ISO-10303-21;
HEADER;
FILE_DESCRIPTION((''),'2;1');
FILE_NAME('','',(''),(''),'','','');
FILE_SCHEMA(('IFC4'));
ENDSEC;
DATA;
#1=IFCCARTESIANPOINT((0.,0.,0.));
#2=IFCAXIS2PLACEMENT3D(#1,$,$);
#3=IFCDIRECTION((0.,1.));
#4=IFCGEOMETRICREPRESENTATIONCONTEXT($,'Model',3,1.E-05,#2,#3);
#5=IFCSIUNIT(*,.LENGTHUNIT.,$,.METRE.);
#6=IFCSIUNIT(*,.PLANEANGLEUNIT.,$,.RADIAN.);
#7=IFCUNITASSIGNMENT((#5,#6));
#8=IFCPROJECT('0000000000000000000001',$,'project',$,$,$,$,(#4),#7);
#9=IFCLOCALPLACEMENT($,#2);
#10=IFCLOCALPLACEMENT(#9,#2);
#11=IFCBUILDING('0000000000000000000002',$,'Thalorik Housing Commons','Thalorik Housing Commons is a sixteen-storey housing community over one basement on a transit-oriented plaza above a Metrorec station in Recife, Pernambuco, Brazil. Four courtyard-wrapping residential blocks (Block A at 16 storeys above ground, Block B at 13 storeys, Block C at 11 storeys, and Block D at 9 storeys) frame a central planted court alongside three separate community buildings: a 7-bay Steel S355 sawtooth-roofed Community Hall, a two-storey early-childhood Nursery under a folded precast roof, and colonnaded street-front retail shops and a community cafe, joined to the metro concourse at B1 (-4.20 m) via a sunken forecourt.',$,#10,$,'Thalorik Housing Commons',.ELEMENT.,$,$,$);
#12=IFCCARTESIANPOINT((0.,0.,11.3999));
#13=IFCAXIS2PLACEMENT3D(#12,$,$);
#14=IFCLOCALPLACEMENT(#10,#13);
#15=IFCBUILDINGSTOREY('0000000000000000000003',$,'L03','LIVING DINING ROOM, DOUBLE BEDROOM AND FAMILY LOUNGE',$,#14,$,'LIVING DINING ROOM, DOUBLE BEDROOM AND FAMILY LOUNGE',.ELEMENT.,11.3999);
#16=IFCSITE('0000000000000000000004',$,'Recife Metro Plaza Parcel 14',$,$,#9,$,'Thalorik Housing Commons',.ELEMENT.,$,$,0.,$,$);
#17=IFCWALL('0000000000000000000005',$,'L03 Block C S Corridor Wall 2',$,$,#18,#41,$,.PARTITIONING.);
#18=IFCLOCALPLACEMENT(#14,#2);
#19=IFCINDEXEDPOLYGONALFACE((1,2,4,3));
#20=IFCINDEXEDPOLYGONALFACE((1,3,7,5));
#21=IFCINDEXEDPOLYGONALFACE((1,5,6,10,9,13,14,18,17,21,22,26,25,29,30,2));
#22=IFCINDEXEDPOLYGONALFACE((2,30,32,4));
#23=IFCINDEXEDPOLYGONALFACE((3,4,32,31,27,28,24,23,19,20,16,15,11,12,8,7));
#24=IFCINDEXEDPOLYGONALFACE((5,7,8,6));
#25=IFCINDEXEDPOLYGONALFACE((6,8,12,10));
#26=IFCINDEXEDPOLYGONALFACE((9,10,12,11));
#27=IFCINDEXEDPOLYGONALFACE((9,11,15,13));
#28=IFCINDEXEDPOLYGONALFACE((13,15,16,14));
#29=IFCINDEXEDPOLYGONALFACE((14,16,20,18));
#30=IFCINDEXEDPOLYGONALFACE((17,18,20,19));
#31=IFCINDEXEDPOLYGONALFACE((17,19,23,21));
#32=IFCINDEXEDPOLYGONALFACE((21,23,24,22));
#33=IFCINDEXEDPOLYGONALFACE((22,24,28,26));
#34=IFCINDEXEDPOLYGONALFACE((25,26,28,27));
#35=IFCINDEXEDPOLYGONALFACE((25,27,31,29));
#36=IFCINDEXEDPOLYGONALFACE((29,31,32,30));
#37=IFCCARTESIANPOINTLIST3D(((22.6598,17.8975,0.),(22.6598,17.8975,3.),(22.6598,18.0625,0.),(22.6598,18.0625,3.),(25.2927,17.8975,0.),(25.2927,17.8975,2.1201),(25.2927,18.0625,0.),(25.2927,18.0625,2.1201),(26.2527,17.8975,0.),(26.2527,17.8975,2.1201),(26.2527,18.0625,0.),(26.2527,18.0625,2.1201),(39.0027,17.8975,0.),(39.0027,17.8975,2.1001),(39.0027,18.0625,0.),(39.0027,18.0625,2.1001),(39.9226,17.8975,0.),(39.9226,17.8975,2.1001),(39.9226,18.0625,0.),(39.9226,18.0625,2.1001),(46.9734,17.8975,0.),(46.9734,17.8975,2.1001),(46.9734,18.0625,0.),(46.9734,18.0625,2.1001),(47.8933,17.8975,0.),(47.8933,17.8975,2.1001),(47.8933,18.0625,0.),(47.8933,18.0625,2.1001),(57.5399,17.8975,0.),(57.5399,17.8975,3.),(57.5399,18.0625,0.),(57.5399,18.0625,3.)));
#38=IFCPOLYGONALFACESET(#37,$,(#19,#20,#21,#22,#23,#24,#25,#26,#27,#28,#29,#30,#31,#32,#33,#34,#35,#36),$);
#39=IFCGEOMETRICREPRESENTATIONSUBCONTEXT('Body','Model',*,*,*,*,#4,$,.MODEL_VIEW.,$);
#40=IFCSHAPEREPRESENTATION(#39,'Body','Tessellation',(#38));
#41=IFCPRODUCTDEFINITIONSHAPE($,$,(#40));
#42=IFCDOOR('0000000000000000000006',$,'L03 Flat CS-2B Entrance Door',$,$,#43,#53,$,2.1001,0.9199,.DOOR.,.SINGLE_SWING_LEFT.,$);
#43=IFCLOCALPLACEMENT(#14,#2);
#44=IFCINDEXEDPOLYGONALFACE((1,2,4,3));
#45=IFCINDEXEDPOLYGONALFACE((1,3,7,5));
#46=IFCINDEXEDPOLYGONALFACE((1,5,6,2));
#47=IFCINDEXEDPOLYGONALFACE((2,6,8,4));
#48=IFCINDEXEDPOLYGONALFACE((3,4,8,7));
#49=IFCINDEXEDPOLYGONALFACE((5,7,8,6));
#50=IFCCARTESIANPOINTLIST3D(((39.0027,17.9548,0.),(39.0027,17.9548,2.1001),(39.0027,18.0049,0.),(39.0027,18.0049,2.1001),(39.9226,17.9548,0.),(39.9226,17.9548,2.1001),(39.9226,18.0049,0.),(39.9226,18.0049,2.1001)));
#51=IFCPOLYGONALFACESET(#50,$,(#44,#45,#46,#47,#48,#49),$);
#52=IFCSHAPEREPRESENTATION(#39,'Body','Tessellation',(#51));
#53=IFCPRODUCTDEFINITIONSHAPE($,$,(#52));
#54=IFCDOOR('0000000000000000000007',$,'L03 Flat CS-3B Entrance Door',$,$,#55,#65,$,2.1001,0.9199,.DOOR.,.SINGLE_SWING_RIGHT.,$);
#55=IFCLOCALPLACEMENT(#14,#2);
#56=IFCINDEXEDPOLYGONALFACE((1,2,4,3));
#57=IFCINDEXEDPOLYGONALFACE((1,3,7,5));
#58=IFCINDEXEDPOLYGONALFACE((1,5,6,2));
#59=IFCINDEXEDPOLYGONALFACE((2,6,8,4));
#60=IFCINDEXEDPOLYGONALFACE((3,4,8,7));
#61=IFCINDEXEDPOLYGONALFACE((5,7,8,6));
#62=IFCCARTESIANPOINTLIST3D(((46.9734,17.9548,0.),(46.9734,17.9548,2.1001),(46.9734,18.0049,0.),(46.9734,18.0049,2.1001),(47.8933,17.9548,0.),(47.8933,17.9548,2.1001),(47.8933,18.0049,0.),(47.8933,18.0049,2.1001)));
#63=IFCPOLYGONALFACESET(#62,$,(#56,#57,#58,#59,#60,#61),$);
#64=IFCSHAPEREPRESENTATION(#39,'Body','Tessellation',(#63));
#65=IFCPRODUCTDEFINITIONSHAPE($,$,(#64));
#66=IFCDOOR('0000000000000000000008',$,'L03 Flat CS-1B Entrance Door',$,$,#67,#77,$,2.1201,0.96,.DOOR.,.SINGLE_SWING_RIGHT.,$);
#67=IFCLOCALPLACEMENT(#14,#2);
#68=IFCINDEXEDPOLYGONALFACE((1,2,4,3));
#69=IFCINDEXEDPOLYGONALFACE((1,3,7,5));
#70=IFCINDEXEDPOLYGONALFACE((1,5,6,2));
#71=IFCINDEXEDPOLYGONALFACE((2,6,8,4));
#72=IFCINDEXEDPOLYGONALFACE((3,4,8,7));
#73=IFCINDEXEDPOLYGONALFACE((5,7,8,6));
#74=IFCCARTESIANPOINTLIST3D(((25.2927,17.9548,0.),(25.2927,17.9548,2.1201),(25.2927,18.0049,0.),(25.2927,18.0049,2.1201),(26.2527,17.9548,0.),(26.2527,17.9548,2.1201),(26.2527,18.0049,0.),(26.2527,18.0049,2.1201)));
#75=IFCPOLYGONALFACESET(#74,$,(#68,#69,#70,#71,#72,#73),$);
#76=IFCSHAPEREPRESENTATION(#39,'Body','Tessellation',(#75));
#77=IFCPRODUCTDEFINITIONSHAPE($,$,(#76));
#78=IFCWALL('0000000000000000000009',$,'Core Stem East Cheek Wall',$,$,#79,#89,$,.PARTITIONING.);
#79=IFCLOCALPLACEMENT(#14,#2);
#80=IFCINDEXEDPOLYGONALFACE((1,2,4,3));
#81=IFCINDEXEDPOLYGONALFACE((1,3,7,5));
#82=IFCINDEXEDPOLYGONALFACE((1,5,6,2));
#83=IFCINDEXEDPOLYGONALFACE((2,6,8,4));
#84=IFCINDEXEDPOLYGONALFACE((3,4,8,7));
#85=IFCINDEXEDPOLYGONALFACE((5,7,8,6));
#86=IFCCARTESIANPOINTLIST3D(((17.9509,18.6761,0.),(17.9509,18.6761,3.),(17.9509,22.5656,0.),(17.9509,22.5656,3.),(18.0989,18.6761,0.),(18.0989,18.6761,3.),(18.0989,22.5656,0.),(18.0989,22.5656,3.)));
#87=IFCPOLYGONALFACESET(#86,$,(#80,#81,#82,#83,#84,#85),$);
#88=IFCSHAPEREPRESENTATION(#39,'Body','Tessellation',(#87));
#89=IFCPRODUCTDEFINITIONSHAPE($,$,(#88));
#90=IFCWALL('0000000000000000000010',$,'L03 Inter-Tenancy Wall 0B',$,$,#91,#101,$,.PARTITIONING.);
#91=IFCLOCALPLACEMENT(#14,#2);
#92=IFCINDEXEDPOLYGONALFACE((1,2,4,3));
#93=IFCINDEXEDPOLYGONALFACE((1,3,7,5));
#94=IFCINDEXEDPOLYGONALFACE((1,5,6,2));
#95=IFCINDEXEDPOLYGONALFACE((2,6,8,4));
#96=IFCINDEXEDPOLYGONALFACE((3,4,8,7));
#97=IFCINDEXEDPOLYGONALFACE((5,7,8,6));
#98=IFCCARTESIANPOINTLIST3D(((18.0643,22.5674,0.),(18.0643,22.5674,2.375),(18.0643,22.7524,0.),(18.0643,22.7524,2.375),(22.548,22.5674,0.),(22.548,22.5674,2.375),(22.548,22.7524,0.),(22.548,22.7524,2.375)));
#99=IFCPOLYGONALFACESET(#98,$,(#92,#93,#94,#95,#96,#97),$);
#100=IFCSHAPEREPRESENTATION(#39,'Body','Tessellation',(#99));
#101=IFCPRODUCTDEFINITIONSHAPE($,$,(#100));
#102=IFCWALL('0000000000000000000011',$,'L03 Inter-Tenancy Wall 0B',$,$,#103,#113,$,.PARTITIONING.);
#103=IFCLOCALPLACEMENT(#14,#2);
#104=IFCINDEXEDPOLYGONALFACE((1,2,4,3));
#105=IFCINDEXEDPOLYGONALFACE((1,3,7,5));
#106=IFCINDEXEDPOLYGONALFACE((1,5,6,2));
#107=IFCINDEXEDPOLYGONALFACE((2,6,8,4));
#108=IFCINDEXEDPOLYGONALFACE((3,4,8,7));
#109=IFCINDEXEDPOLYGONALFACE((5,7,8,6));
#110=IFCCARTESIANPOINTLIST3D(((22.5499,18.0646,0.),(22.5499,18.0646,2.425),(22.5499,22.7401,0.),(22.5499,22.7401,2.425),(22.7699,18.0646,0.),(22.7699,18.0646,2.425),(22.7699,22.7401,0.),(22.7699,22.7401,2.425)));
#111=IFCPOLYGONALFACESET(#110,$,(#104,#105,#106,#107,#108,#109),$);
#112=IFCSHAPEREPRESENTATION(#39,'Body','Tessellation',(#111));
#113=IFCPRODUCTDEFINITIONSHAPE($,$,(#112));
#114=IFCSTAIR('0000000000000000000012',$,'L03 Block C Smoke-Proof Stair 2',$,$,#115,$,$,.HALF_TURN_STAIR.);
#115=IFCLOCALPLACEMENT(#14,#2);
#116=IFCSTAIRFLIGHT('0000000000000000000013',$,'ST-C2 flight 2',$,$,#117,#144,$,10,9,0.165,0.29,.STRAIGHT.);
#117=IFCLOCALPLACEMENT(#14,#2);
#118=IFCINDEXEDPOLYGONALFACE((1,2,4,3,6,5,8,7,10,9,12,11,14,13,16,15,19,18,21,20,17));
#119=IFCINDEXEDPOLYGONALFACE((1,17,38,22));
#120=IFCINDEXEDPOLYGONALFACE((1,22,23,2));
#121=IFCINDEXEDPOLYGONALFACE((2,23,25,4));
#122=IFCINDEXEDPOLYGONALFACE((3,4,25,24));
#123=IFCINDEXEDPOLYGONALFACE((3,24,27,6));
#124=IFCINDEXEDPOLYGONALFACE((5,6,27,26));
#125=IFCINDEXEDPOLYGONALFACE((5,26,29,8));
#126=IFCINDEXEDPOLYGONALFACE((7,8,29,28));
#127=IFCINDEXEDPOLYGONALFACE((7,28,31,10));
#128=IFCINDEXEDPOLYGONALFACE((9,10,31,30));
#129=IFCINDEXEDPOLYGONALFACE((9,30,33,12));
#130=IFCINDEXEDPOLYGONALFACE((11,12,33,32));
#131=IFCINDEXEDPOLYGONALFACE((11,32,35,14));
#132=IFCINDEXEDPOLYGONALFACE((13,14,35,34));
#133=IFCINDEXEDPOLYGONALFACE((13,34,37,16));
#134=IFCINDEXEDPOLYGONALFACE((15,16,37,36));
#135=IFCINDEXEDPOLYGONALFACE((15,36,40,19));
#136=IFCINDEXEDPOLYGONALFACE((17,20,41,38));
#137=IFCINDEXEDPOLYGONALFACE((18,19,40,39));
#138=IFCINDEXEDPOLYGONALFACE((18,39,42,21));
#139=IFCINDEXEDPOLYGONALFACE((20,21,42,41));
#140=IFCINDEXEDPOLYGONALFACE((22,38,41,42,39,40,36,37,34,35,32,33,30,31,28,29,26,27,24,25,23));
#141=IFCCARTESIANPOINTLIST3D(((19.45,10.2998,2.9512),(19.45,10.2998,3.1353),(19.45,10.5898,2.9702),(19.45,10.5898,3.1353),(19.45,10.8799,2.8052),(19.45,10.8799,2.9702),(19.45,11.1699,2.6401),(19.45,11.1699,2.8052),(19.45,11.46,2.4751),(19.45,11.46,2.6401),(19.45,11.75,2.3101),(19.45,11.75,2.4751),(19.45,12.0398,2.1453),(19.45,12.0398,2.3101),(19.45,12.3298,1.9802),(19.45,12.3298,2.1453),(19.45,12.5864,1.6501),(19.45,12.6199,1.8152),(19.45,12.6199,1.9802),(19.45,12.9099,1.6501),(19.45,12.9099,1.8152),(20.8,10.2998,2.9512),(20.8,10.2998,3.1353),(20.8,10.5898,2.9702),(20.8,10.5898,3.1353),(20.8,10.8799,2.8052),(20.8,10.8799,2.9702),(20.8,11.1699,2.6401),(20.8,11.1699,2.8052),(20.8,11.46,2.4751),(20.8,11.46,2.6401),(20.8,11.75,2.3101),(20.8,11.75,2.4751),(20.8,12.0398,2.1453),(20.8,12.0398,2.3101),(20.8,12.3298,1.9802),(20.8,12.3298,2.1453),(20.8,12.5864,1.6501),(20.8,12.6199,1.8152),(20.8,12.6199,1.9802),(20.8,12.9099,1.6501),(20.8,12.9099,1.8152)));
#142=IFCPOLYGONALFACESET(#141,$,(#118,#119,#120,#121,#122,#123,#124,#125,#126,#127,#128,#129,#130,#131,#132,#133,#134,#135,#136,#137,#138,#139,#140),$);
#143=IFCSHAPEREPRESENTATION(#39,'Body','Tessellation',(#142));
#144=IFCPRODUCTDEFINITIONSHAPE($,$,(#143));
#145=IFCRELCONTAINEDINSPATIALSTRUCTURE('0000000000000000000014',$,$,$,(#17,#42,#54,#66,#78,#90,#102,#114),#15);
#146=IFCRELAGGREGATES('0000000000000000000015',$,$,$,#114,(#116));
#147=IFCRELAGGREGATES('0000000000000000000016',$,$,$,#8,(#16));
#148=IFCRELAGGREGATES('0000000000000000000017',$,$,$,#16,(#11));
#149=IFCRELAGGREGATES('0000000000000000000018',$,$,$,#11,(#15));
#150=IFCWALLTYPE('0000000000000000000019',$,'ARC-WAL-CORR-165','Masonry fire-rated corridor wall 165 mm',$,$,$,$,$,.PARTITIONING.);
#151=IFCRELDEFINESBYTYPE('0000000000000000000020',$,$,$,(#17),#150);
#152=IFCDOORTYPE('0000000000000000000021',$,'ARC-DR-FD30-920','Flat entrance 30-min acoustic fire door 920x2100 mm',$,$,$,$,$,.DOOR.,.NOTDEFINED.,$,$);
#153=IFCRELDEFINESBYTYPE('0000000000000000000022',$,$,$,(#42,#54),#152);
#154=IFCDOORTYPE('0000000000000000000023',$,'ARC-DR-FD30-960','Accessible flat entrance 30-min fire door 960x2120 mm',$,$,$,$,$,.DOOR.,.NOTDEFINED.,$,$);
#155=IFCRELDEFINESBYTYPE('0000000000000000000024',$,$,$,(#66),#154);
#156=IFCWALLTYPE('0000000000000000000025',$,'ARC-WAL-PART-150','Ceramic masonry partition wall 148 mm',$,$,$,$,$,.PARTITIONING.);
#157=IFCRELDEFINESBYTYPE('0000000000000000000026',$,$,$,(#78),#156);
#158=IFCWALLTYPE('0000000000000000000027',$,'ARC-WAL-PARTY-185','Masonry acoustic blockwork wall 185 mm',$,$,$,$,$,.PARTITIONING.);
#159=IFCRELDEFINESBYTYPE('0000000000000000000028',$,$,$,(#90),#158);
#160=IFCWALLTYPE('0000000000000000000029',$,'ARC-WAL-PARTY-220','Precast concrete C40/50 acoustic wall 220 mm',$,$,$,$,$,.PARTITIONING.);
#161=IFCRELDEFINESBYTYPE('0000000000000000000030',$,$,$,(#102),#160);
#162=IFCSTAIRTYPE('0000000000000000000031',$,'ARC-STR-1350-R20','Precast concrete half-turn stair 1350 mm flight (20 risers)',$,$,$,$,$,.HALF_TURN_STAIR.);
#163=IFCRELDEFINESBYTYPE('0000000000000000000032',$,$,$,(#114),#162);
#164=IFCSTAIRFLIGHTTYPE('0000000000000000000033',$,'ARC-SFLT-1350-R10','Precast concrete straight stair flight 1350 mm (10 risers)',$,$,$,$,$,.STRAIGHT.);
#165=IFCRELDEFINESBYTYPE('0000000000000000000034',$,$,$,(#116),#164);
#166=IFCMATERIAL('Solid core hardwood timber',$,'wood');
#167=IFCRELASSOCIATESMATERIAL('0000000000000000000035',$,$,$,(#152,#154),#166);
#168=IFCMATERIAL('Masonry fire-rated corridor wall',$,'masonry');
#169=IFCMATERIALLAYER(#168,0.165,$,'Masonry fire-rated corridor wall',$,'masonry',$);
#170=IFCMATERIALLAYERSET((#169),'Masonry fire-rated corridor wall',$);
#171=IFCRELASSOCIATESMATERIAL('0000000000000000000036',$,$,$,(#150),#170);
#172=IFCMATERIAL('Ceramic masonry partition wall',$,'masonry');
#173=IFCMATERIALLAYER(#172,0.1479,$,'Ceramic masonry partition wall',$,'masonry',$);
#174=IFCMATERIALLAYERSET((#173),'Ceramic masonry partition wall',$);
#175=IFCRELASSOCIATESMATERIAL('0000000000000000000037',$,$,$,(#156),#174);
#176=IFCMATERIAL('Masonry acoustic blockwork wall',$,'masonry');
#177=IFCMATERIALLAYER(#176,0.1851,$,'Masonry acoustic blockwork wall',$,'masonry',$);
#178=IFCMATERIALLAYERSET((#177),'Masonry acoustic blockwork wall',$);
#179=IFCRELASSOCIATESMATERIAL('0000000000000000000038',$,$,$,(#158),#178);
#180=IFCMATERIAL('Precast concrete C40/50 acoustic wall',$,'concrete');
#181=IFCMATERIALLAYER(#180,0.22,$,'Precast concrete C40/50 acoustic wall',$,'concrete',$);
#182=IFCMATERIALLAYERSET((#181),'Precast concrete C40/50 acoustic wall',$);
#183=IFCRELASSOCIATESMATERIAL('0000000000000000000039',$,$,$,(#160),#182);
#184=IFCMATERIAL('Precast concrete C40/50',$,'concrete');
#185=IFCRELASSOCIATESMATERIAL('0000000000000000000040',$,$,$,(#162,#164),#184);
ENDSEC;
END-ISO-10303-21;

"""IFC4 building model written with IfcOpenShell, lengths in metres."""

from ifc_helpers import new_model, si_unit, direction, frame, frame_2d, origin, place, context, subcontext, project, spatial, polyline, rectangle, outline, extrude, material, layer, layer_set, type_object, element, fill, aggregate, save


model = new_model("IFC4")

# Units and contexts
model_context = context("Model", 3, precision=1e-05, world=origin(), true_north=direction((0.0, 1.0)))
body_context = subcontext(model_context, "Body", "Model", "MODEL_VIEW")
ifc_project = project(units=[si_unit("LENGTHUNIT", "METRE"), si_unit("PLANEANGLEUNIT", "RADIAN")], contexts=[model_context])

# Site, building, storey
site_placement = place(None, origin())
site = spatial("IfcSite", under=ifc_project, at=site_placement, Name="Recife Metro Plaza Parcel 14", LongName="Thalorik Housing Commons", CompositionType="ELEMENT", RefElevation=0.0)
building_placement = place(site_placement, origin())
building = spatial("IfcBuilding", under=site, at=building_placement, Name="Thalorik Housing Commons", Description="Thalorik Housing Commons is a sixteen-storey housing community over one basement on a transit-oriented plaza above a Metrorec station in Recife, Pernambuco, Brazil. Four courtyard-wrapping residential blocks (Block A at 16 storeys above ground, Block B at 13 storeys, Block C at 11 storeys, and Block D at 9 storeys) frame a central planted court alongside three separate community buildings: a 7-bay Steel S355 sawtooth-roofed Community Hall, a two-storey early-childhood Nursery under a folded precast roof, and colonnaded street-front retail shops and a community cafe, joined to the metro concourse at B1 (-4.20 m) via a sunken forecourt.", LongName="Thalorik Housing Commons", CompositionType="ELEMENT")
storey_placement = place(building_placement, frame((0.0, 0.0, 11.3999)))
storey = spatial("IfcBuildingStorey", under=building, at=storey_placement, Name="L03", Description="LIVING DINING ROOM, DOUBLE BEDROOM AND FAMILY LOUNGE", LongName="LIVING DINING ROOM, DOUBLE BEDROOM AND FAMILY LOUNGE", CompositionType="ELEMENT", Elevation=11.3999)

# Shared definitions
ifc_material_1 = material(Name="Precast concrete C40/50", Category="concrete")

# Wall, openings, doors
ifc_material_2 = material(Name="Masonry fire-rated corridor wall", Category="masonry")
ifc_material_3 = material(Name="Solid core hardwood timber", Category="wood")
door_type_1 = type_object("IfcDoorType", Name="ARC-DR-FD30-920", Description="Flat entrance 30-min acoustic fire door 920x2100 mm", OperationType="NOTDEFINED", PredefinedType="DOOR", material=ifc_material_3)
ifc_layer_1 = layer(ifc_material_2, 0.165, Name="Masonry fire-rated corridor wall", Category="masonry")
ifc_layer_set_1 = layer_set([ifc_layer_1], Name="Masonry fire-rated corridor wall")
wall_type_1 = type_object("IfcWallType", Name="ARC-WAL-CORR-165", Description="Masonry fire-rated corridor wall 165 mm", PredefinedType="PARTITIONING", material=ifc_layer_set_1)
wall_1_placement = place(storey_placement, frame((22.6599, 17.98, 0.0), z_axis=(0.0, 0.0, 1.0), x_axis=(1.0, 0.0, 0.0)))
wall_1 = element("IfcWall", 1, at=wall_1_placement, inside=storey, type_object=wall_type_1, Name="L03 Block C S Corridor Wall 2", PredefinedType="PARTITIONING", context=body_context, shape_type="SweptSolid", body=[
    extrude(rectangle(XDim=34.8801, YDim=0.165, at=frame_2d((17.4399, 0.0))), origin(), (0.0, 0.0, 1.0), 3.0),
])
opening_1_placement = place(wall_1_placement, frame((2.6328, 0.0, 0.0)))
opening_1 = element("IfcOpeningElement", 2, at=opening_1_placement, cuts=wall_1, PredefinedType="OPENING", context=body_context, shape_type="SweptSolid", body=[
    extrude(rectangle(XDim=0.96, YDim=2.1201, at=frame_2d((0.48, 1.0601))), frame((0.0, 0.0925, 0.0), z_axis=(0.0, -1.0, 0.0), x_axis=(1.0, 0.0, 0.0)), (0.0, 0.0, 1.0), 0.1851),
])
opening_2_placement = place(wall_1_placement, frame((16.3428, 0.0, 0.0)))
opening_2 = element("IfcOpeningElement", 3, at=opening_2_placement, cuts=wall_1, PredefinedType="OPENING", context=body_context, shape_type="SweptSolid", body=[
    extrude(rectangle(XDim=0.9199, YDim=2.1001, at=frame_2d((0.46, 1.05))), frame((0.0, 0.0925, 0.0), z_axis=(0.0, -1.0, 0.0), x_axis=(1.0, 0.0, 0.0)), (0.0, 0.0, 1.0), 0.1851),
])
opening_3_placement = place(wall_1_placement, frame((24.3135, 0.0, 0.0)))
opening_3 = element("IfcOpeningElement", 4, at=opening_3_placement, cuts=wall_1, PredefinedType="OPENING", context=body_context, shape_type="SweptSolid", body=[
    extrude(rectangle(XDim=0.9199, YDim=2.1001, at=frame_2d((0.46, 1.05))), frame((0.0, 0.0925, 0.0), z_axis=(0.0, -1.0, 0.0), x_axis=(1.0, 0.0, 0.0)), (0.0, 0.0, 1.0), 0.1851),
])
door_1_placement = place(opening_2_placement, origin())
door_1 = element("IfcDoor", 5, at=door_1_placement, inside=storey, type_object=door_type_1, Name="L03 Flat CS-2B Entrance Door", OperationType="SINGLE_SWING_LEFT", OverallHeight=2.1001, OverallWidth=0.9199, PredefinedType="DOOR", context=body_context, shape_type="SweptSolid", body=[
    extrude(rectangle(XDim=0.9199, YDim=2.1001, at=frame_2d((0.46, 1.05))), frame((0.0, 0.0249, 0.0), z_axis=(0.0, -1.0, 0.0), x_axis=(1.0, 0.0, 0.0)), (0.0, 0.0, 1.0), 0.05),
])
fill(opening_2, door_1)
door_2_placement = place(opening_3_placement, origin())
door_2 = element("IfcDoor", 6, at=door_2_placement, inside=storey, type_object=door_type_1, Name="L03 Flat CS-3B Entrance Door", OperationType="SINGLE_SWING_RIGHT", OverallHeight=2.1001, OverallWidth=0.9199, PredefinedType="DOOR", context=body_context, shape_type="SweptSolid", body=[
    extrude(rectangle(XDim=0.9199, YDim=2.1001, at=frame_2d((0.46, 1.05))), frame((0.0, 0.0249, 0.0), z_axis=(0.0, -1.0, 0.0), x_axis=(1.0, 0.0, 0.0)), (0.0, 0.0, 1.0), 0.05),
])
fill(opening_3, door_2)
door_type_2 = type_object("IfcDoorType", Name="ARC-DR-FD30-960", Description="Accessible flat entrance 30-min fire door 960x2120 mm", OperationType="NOTDEFINED", PredefinedType="DOOR", material=ifc_material_3)
door_3_placement = place(opening_1_placement, origin())
door_3 = element("IfcDoor", 7, at=door_3_placement, inside=storey, type_object=door_type_2, Name="L03 Flat CS-1B Entrance Door", OperationType="SINGLE_SWING_RIGHT", OverallHeight=2.1201, OverallWidth=0.96, PredefinedType="DOOR", context=body_context, shape_type="SweptSolid", body=[
    extrude(rectangle(XDim=0.96, YDim=2.1201, at=frame_2d((0.48, 1.0601))), frame((0.0, 0.0249, 0.0), z_axis=(0.0, -1.0, 0.0), x_axis=(1.0, 0.0, 0.0)), (0.0, 0.0, 1.0), 0.05),
])
fill(opening_1, door_3)

# Wall
ifc_material_4 = material(Name="Ceramic masonry partition wall", Category="masonry")
ifc_layer_2 = layer(ifc_material_4, 0.1479, Name="Ceramic masonry partition wall", Category="masonry")
ifc_layer_set_2 = layer_set([ifc_layer_2], Name="Ceramic masonry partition wall")
wall_type_2 = type_object("IfcWallType", Name="ARC-WAL-PART-150", Description="Ceramic masonry partition wall 148 mm", PredefinedType="PARTITIONING", material=ifc_layer_set_2)
wall_2_placement = place(storey_placement, frame((18.0249, 18.676, 0.0), z_axis=(0.0, 0.0, 1.0), x_axis=(0.0, 1.0, 0.0)))
element("IfcWall", 8, at=wall_2_placement, inside=storey, type_object=wall_type_2, Name="Core Stem East Cheek Wall", PredefinedType="PARTITIONING", context=body_context, shape_type="SweptSolid", body=[
    extrude(rectangle(XDim=3.8894, YDim=0.1479, at=frame_2d((1.9448, 0.0))), origin(), (0.0, 0.0, 1.0), 3.0),
])

# Walls
ifc_material_5 = material(Name="Masonry acoustic blockwork wall", Category="masonry")
ifc_layer_3 = layer(ifc_material_5, 0.1851, Name="Masonry acoustic blockwork wall", Category="masonry")
ifc_layer_set_3 = layer_set([ifc_layer_3], Name="Masonry acoustic blockwork wall")
wall_type_3 = type_object("IfcWallType", Name="ARC-WAL-PARTY-185", Description="Masonry acoustic blockwork wall 185 mm", PredefinedType="PARTITIONING", material=ifc_layer_set_3)
wall_3_placement = place(storey_placement, frame((18.0645, 22.6599, 0.0), z_axis=(0.0, 0.0, 1.0), x_axis=(1.0, 0.0, 0.0)))
element("IfcWall", 9, at=wall_3_placement, inside=storey, type_object=wall_type_3, Name="L03 Inter-Tenancy Wall 0B", PredefinedType="PARTITIONING", context=body_context, shape_type="SweptSolid", body=[
    extrude(rectangle(XDim=4.4836, YDim=0.1851, at=frame_2d((2.2417, 0.0))), origin(), (0.0, 0.0, 1.0), 2.375),
])
ifc_material_6 = material(Name="Precast concrete C40/50 acoustic wall", Category="concrete")
ifc_layer_4 = layer(ifc_material_6, 0.22, Name="Precast concrete C40/50 acoustic wall", Category="concrete")
ifc_layer_set_4 = layer_set([ifc_layer_4], Name="Precast concrete C40/50 acoustic wall")
wall_type_4 = type_object("IfcWallType", Name="ARC-WAL-PARTY-220", Description="Precast concrete C40/50 acoustic wall 220 mm", PredefinedType="PARTITIONING", material=ifc_layer_set_4)
wall_4_placement = place(storey_placement, frame((22.6599, 18.0645, 0.0), z_axis=(0.0, 0.0, 1.0), x_axis=(0.0, 1.0, 0.0)))
element("IfcWall", 10, at=wall_4_placement, inside=storey, type_object=wall_type_4, Name="L03 Inter-Tenancy Wall 0B", PredefinedType="PARTITIONING", context=body_context, shape_type="SweptSolid", body=[
    extrude(rectangle(XDim=4.6755, YDim=0.22, at=frame_2d((2.3379, 0.0))), origin(), (0.0, 0.0, 1.0), 2.425),
])

# Stair, stair flight
stair_type = type_object("IfcStairType", Name="ARC-STR-1350-R20", Description="Precast concrete half-turn stair 1350 mm flight (20 risers)", PredefinedType="HALF_TURN_STAIR", material=ifc_material_1)
stair_placement = place(storey_placement, origin())
stair = element("IfcStair", 11, at=stair_placement, inside=storey, type_object=stair_type, Name="L03 Block C Smoke-Proof Stair 2", PredefinedType="HALF_TURN_STAIR")
stair_flight_type = type_object("IfcStairFlightType", Name="ARC-SFLT-1350-R10", Description="Precast concrete straight stair flight 1350 mm (10 risers)", PredefinedType="STRAIGHT", material=ifc_material_1)
stair_flight_placement = place(storey_placement, frame((20.125, 12.9099, 1.6501), z_axis=(0.0, 0.0, 1.0), x_axis=(0.0, -1.0, 0.0)))
stair_flight = element("IfcStairFlight", 12, at=stair_flight_placement, type_object=stair_flight_type, Name="ST-C2 flight 2", NumberOfRisers=10, NumberOfTreads=9, PredefinedType="STRAIGHT", RiserHeight=0.165, TreadLength=0.29, context=body_context, shape_type="SweptSolid", body=[
    extrude(outline(polyline([(0.0, 0.0), (0.0, 0.165), (0.29, 0.165), (0.29, 0.3301), (0.5801, 0.3301), (0.5801, 0.4951), (0.8701, 0.4951), (0.8701, 0.6599), (1.1599, 0.6599), (1.1599, 0.825), (1.45, 0.825), (1.45, 0.99), (1.74, 0.99), (1.74, 1.155), (2.03, 1.155), (2.03, 1.3201), (2.3201, 1.3201), (2.3201, 1.4851), (2.6101, 1.4851), (2.6101, 1.6499), (2.6101, 1.301), (0.3235, 0.0), (0.0, 0.0)])), frame((0.0, 0.675, 0.0), z_axis=(0.0, -1.0, 0.0), x_axis=(1.0, 0.0, 0.0)), (0.0, 0.0, 1.0), 1.3501),
])
aggregate(stair, [stair_flight])

save(model, "model.ifc")
